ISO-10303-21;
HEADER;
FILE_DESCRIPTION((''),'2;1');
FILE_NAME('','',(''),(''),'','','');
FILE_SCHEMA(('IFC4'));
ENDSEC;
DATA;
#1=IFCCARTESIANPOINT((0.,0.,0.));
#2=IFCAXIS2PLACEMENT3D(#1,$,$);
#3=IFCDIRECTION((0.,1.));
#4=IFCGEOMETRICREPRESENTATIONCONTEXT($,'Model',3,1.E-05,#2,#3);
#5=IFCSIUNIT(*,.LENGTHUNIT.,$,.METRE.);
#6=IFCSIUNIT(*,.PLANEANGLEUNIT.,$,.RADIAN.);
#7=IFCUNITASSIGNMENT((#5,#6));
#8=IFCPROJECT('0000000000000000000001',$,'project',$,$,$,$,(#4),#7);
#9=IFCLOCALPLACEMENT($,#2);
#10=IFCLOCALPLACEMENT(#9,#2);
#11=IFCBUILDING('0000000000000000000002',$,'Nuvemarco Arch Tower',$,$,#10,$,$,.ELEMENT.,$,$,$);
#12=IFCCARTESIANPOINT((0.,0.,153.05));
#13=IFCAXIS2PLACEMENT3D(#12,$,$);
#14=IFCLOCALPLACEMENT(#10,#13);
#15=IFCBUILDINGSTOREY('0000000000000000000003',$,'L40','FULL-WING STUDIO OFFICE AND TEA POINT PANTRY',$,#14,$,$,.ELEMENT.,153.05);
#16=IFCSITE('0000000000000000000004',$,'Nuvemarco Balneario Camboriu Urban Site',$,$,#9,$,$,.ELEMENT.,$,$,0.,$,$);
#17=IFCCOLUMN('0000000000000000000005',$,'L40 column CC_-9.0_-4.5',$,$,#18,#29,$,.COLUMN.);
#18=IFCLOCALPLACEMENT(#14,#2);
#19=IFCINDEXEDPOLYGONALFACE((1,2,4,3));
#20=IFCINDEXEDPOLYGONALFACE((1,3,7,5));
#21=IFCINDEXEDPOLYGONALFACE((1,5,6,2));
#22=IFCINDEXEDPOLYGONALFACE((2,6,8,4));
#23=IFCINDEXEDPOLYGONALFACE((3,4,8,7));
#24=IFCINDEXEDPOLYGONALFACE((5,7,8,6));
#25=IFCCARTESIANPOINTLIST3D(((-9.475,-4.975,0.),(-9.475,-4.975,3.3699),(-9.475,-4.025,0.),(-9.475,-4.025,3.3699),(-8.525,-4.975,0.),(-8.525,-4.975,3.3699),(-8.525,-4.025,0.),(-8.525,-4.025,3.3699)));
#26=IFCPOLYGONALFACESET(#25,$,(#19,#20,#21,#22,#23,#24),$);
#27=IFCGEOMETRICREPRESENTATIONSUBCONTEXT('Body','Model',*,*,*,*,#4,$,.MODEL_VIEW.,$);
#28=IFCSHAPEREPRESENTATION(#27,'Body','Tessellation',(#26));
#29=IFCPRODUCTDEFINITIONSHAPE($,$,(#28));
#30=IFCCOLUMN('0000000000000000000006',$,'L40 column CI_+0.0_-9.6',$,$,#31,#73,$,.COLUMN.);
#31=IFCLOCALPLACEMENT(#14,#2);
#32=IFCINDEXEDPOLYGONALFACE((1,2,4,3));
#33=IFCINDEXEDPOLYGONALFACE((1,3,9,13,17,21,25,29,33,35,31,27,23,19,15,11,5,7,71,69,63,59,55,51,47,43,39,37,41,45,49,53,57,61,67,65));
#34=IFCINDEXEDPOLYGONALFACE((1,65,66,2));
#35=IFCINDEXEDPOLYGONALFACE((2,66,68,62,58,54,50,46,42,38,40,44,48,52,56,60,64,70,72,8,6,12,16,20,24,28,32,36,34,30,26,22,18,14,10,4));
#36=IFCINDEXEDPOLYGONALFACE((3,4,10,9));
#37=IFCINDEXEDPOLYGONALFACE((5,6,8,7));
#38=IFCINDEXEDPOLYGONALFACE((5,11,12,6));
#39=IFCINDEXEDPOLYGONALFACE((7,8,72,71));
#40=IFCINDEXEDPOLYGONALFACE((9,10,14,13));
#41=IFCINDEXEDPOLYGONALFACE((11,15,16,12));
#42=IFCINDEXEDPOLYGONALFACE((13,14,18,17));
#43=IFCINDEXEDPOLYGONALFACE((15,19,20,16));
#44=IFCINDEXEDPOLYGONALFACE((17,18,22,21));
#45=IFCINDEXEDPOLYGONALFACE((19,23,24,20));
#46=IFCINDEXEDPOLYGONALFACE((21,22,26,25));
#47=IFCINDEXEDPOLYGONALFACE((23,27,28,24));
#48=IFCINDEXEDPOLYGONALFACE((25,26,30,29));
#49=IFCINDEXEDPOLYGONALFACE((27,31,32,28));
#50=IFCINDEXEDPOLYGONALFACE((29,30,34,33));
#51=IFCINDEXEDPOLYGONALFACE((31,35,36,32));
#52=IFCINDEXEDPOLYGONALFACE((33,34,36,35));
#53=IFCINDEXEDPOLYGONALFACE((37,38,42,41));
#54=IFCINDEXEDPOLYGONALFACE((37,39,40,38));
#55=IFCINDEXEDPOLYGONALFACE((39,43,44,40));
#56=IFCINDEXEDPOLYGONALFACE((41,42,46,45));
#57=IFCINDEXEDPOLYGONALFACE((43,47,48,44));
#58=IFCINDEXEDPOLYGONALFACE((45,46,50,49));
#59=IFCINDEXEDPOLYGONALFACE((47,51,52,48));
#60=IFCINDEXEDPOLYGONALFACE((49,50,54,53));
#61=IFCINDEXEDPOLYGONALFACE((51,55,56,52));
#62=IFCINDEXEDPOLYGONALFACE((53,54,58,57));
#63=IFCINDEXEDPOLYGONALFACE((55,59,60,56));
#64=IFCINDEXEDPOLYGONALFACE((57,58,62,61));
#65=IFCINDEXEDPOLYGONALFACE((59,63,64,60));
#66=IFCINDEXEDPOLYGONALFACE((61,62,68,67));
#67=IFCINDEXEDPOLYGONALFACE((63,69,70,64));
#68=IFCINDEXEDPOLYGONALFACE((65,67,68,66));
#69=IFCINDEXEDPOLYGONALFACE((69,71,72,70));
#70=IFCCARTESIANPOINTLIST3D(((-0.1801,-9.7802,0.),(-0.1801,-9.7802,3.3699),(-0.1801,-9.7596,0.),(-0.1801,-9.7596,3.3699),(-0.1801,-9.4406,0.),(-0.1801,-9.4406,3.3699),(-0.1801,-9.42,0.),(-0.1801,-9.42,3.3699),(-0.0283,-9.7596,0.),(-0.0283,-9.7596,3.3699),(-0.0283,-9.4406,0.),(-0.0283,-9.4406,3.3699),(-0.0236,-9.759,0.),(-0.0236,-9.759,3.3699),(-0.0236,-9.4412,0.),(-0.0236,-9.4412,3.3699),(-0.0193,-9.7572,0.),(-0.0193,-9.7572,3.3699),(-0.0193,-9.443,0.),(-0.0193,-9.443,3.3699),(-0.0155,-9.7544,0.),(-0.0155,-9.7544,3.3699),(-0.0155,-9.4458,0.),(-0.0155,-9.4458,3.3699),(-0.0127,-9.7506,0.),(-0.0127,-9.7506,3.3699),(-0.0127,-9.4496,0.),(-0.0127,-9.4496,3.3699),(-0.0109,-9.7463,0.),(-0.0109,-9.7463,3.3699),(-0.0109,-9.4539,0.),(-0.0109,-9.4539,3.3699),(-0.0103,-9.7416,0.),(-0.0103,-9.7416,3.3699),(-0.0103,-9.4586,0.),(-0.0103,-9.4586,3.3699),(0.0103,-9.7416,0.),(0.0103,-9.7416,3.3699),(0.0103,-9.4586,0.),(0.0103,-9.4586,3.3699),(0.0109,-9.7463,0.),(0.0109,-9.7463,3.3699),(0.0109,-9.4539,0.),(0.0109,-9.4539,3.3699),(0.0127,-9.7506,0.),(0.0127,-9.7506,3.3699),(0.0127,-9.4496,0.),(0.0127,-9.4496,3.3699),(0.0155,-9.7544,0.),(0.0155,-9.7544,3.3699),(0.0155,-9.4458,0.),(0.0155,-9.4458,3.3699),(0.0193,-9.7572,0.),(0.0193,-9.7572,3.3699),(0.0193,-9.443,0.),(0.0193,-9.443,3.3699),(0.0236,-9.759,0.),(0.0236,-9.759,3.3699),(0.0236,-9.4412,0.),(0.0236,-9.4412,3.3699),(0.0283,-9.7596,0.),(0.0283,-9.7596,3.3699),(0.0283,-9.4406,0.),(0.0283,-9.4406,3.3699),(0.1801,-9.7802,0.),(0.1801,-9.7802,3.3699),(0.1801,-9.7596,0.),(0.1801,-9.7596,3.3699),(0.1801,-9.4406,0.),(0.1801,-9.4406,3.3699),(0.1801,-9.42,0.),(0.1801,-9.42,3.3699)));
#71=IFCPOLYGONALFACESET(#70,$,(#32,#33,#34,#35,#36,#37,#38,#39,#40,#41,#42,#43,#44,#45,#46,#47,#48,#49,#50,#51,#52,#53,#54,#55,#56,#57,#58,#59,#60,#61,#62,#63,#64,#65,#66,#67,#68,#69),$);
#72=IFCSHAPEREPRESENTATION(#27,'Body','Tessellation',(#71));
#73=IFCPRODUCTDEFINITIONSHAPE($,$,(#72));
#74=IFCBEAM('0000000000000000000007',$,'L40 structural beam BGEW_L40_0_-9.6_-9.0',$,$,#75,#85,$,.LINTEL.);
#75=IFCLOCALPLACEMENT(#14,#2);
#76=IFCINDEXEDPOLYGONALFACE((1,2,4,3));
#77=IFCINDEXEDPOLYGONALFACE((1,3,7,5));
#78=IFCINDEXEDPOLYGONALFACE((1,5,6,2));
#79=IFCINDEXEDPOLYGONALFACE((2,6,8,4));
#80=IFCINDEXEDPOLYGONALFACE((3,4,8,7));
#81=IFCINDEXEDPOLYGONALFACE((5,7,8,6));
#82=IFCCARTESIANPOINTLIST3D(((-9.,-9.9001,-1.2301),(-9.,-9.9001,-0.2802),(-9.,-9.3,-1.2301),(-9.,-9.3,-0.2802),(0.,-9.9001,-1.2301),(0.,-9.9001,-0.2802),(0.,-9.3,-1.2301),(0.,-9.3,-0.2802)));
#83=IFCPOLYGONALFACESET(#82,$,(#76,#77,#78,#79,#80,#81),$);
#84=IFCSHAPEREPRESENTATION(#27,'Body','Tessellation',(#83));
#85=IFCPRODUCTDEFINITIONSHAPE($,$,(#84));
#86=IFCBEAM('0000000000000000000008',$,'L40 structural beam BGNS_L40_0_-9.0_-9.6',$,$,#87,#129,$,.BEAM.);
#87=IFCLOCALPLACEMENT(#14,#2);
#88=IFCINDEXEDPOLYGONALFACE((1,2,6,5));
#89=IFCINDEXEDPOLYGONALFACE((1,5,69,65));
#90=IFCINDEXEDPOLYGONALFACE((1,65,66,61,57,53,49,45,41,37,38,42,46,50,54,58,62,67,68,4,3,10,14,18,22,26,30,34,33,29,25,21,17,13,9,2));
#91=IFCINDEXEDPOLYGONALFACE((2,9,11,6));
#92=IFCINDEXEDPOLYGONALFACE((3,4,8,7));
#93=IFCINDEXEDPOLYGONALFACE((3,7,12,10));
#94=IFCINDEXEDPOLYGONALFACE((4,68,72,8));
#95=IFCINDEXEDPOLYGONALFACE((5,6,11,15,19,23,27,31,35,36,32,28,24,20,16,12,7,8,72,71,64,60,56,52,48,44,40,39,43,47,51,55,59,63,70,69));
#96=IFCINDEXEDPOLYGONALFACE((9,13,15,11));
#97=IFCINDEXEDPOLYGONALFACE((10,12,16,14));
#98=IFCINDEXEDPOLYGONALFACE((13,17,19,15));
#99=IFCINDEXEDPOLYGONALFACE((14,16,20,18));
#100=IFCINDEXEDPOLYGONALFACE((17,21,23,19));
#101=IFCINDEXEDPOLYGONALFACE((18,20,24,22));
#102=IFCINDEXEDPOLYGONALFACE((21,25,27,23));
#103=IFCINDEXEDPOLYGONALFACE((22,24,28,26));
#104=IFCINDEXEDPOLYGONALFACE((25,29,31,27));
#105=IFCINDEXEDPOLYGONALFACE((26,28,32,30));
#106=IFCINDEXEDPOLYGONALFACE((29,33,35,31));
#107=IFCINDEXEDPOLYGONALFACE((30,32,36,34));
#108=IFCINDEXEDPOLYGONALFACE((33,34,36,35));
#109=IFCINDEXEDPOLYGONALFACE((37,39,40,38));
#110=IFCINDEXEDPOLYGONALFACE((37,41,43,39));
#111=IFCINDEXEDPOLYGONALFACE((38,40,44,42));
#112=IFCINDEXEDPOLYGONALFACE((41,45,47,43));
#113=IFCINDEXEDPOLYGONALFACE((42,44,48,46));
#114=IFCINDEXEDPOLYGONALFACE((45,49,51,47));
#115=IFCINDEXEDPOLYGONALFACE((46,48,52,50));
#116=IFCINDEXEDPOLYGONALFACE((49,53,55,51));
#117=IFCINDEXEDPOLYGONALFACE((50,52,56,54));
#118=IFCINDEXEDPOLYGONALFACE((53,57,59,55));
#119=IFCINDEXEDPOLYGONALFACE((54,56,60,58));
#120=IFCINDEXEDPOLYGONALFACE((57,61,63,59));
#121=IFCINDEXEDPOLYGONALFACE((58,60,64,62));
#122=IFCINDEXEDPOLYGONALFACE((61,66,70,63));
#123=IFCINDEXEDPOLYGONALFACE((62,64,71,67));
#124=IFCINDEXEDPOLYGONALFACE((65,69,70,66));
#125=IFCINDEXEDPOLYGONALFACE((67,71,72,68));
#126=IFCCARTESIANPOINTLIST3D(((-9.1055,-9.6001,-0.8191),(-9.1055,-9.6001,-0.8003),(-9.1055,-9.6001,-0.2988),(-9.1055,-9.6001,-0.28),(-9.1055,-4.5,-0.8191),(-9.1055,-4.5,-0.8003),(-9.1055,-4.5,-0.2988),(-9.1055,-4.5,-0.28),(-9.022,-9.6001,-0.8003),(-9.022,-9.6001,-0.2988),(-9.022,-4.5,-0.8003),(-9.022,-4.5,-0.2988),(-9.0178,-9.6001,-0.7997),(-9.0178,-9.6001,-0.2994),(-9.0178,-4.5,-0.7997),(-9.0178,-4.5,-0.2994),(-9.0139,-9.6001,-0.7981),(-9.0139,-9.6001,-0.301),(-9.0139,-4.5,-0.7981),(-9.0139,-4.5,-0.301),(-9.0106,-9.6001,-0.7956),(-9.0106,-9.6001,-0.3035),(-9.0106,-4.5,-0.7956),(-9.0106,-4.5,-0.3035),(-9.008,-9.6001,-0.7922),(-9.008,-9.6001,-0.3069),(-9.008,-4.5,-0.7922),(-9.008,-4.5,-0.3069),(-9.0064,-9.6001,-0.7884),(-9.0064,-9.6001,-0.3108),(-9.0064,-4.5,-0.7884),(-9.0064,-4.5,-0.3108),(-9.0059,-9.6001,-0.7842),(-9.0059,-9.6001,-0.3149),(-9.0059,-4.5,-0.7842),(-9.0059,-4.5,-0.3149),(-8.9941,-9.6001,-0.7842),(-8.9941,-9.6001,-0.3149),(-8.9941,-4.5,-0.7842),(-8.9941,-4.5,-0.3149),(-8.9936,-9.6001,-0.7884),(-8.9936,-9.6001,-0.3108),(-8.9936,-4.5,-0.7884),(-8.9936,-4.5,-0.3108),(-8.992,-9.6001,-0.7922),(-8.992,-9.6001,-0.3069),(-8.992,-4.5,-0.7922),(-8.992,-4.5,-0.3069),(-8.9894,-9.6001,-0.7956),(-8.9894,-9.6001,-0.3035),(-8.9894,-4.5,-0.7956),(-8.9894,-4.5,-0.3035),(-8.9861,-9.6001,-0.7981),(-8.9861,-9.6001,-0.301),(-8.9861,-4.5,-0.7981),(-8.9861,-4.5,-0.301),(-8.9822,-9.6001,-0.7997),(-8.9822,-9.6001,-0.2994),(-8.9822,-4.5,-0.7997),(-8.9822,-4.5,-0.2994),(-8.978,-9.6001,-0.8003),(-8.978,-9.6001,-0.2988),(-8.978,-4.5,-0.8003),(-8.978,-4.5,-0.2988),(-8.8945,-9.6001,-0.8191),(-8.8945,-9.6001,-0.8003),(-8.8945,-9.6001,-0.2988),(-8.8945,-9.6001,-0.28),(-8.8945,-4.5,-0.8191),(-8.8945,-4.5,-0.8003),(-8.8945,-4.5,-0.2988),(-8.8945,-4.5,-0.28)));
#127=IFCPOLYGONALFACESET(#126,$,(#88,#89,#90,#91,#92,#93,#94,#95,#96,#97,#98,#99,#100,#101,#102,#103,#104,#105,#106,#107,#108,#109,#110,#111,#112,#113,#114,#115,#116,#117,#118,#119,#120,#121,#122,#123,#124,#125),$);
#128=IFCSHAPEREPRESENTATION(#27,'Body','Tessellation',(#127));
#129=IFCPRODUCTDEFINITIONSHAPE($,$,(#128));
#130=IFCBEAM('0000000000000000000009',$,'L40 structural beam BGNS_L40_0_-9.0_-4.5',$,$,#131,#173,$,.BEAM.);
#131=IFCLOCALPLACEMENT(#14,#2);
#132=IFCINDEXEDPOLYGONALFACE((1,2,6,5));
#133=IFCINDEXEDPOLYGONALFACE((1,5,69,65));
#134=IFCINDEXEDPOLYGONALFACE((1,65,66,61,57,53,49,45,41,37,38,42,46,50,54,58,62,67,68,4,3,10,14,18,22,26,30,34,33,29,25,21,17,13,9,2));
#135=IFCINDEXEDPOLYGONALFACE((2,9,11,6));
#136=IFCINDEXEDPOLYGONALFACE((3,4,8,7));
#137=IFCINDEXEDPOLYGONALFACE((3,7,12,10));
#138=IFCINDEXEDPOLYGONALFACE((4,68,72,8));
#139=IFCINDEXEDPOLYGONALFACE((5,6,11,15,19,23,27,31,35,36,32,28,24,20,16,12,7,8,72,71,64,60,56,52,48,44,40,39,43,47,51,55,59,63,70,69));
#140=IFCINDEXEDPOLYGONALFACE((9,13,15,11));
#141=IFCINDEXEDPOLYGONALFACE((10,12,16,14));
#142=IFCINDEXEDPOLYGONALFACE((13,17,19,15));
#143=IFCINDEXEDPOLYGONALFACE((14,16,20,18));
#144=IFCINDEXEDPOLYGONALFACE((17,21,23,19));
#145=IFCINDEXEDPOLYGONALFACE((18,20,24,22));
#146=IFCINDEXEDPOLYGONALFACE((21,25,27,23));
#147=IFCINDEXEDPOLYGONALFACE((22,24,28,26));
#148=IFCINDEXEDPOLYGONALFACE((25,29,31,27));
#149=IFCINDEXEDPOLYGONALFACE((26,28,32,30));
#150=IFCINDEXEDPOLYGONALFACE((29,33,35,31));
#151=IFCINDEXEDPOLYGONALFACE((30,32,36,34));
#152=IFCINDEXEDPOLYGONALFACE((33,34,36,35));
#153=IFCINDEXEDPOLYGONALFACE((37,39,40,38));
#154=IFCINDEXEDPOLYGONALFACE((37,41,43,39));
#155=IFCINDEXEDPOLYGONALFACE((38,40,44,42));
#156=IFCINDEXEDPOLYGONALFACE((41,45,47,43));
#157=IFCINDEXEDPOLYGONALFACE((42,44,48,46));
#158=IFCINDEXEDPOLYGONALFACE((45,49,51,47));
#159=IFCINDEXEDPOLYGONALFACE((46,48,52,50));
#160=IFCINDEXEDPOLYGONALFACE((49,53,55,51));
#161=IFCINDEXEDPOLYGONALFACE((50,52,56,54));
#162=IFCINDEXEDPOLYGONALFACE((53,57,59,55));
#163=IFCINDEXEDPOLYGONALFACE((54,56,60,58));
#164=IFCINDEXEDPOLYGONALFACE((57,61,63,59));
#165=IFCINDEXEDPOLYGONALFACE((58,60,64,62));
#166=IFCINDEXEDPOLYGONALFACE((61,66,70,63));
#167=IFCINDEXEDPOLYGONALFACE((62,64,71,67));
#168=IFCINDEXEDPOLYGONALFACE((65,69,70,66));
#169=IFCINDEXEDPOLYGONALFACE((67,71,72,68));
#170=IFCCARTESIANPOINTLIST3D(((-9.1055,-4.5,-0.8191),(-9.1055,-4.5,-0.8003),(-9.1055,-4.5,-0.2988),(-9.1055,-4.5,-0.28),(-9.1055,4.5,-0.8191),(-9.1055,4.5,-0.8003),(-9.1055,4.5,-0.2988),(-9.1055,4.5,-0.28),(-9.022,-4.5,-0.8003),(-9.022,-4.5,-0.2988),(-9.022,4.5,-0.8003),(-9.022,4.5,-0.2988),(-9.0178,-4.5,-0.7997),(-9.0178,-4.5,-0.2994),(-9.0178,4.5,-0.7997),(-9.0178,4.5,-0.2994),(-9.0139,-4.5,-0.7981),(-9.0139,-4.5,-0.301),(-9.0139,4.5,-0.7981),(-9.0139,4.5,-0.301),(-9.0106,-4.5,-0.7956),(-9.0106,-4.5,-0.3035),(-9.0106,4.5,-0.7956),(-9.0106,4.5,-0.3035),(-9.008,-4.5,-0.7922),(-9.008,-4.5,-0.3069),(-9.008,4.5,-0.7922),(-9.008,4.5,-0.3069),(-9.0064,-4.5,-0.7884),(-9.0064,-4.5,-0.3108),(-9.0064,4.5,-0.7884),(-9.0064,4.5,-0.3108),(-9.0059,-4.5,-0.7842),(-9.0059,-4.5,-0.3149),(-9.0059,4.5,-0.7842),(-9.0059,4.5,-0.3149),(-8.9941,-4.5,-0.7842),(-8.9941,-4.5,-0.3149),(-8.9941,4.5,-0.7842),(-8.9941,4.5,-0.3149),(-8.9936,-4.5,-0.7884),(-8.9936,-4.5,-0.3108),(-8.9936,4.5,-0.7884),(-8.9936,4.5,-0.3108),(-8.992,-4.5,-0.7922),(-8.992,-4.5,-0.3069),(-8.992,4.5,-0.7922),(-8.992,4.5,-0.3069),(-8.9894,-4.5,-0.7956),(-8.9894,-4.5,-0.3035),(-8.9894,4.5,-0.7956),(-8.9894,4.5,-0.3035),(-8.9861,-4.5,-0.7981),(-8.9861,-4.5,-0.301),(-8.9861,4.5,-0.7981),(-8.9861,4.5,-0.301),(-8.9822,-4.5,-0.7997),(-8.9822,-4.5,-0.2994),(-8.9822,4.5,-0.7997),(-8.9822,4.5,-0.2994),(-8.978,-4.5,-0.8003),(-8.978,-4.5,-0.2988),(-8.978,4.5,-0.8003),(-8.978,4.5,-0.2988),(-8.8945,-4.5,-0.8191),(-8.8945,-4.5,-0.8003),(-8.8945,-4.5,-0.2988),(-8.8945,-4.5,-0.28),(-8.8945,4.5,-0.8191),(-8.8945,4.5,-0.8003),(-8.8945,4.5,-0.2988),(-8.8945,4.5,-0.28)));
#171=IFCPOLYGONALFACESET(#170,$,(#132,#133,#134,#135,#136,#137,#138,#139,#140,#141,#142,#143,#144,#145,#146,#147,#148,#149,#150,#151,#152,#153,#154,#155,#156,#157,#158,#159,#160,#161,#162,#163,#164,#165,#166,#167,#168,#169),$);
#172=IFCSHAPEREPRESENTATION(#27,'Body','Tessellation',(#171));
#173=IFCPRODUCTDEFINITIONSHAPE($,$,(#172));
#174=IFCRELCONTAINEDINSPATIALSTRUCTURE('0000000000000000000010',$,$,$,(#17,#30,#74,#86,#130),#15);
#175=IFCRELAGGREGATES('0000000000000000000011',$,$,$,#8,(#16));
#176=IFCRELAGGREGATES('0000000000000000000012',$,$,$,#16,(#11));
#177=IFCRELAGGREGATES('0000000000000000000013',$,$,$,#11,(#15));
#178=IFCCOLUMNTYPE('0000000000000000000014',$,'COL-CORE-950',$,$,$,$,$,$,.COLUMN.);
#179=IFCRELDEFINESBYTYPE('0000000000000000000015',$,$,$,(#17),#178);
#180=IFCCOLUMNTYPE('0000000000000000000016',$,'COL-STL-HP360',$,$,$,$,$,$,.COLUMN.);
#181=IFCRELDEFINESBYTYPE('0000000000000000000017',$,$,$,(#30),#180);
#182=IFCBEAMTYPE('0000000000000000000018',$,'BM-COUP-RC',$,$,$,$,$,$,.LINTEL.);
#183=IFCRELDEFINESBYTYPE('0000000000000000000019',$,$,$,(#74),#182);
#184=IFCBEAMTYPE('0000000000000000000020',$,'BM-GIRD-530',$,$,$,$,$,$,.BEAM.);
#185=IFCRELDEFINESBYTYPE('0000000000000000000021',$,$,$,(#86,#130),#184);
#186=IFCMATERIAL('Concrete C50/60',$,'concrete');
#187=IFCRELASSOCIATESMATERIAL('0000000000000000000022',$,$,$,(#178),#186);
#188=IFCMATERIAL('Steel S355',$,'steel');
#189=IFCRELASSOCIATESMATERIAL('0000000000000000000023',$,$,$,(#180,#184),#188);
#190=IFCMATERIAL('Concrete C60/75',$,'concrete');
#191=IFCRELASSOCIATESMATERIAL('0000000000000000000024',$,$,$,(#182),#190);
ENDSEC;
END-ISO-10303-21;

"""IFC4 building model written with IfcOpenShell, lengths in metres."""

from ifc_helpers import new_model, si_unit, direction, frame, origin, origin_2d, place, context, subcontext, project, spatial, rectangle, i_section, extrude, material, material_profile, profile_set, type_object, element, save


model = new_model("IFC4")

# Units and contexts
model_context = context("Model", 3, precision=1e-05, world=origin(), true_north=direction((0.0, 1.0)))
body_context = subcontext(model_context, "Body", "Model", "MODEL_VIEW")
ifc_project = project(units=[si_unit("LENGTHUNIT", "METRE"), si_unit("PLANEANGLEUNIT", "RADIAN")], contexts=[model_context])

# Site, building, storey
site_placement = place(None, origin())
site = spatial("IfcSite", under=ifc_project, at=site_placement, Name="Nuvemarco Balneario Camboriu Urban Site", CompositionType="ELEMENT", RefElevation=0.0)
building_placement = place(site_placement, origin())
building = spatial("IfcBuilding", under=site, at=building_placement, Name="Nuvemarco Arch Tower", CompositionType="ELEMENT")
storey_placement = place(building_placement, frame((0.0, 0.0, 153.05)))
storey = spatial("IfcBuildingStorey", under=building, at=storey_placement, Name="L40", Description="FULL-WING STUDIO OFFICE AND TEA POINT PANTRY", CompositionType="ELEMENT", Elevation=153.05)

# Columns
ifc_material_1 = material(Name="Concrete C50/60", Category="concrete")
ifc_material_profile_1 = material_profile(ifc_material_1, rectangle(XDim=0.95, YDim=0.95, at=origin_2d()), Name="RC-COL-950x950")
ifc_profile_set_1 = profile_set([ifc_material_profile_1], Name="Concrete C50/60")
column_type_1 = type_object("IfcColumnType", Name="COL-CORE-950", PredefinedType="COLUMN", material=ifc_profile_set_1)
column_1_placement = place(storey_placement, frame((-9.0, -4.5, 0.0), z_axis=(0.0, 0.0, 1.0), x_axis=(1.0, 0.0, 0.0)))
element("IfcColumn", 1, at=column_1_placement, inside=storey, type_object=column_type_1, Name="L40 column CC_-9.0_-4.5", PredefinedType="COLUMN", context=body_context, shape_type="SweptSolid", body=[
    extrude(rectangle(XDim=0.95, YDim=0.95, at=origin_2d()), origin(), (0.0, 0.0, 1.0), 3.3699),
])
ifc_material_2 = material(Name="Steel S355", Category="steel")
ifc_material_profile_2 = material_profile(ifc_material_2, i_section(OverallWidth=0.3601, OverallDepth=0.3601, WebThickness=0.0205, FlangeThickness=0.0205, FilletRadius=0.0181, at=origin_2d()), Name="HP360x174")
ifc_profile_set_2 = profile_set([ifc_material_profile_2], Name="Steel S355")
column_type_2 = type_object("IfcColumnType", Name="COL-STL-HP360", PredefinedType="COLUMN", material=ifc_profile_set_2)
column_2_placement = place(storey_placement, frame((0.0, -9.6001, 0.0), z_axis=(0.0, 0.0, 1.0), x_axis=(1.0, 0.0, 0.0)))
element("IfcColumn", 2, at=column_2_placement, inside=storey, type_object=column_type_2, Name="L40 column CI_+0.0_-9.6", PredefinedType="COLUMN", context=body_context, shape_type="SweptSolid", body=[
    extrude(i_section(OverallWidth=0.3601, OverallDepth=0.3601, WebThickness=0.0205, FlangeThickness=0.0205, FilletRadius=0.0181, at=origin_2d()), origin(), (0.0, 0.0, 1.0), 3.3699),
])

# Beams
ifc_material_3 = material(Name="Concrete C60/75", Category="concrete")
ifc_material_profile_3 = material_profile(ifc_material_3, rectangle(XDim=0.6001, YDim=0.95, at=origin_2d()), Name="RC-BM-600x950")
ifc_profile_set_3 = profile_set([ifc_material_profile_3], Name="Concrete C60/75")
beam_type_1 = type_object("IfcBeamType", Name="BM-COUP-RC", PredefinedType="LINTEL", material=ifc_profile_set_3)
beam_1_placement = place(storey_placement, frame((-9.0, -9.6001, -0.7551), z_axis=(1.0, 0.0, 0.0), x_axis=(0.0, 1.0, 0.0)))
element("IfcBeam", 3, at=beam_1_placement, inside=storey, type_object=beam_type_1, Name="L40 structural beam BGEW_L40_0_-9.6_-9.0", PredefinedType="LINTEL", context=body_context, shape_type="SweptSolid", body=[
    extrude(rectangle(XDim=0.6001, YDim=0.95, at=origin_2d()), origin(), (0.0, 0.0, 1.0), 9.0),
])
ifc_material_profile_4 = material_profile(ifc_material_2, i_section(OverallWidth=0.2109, OverallDepth=0.5391, WebThickness=0.0117, FlangeThickness=0.0188, FilletRadius=0.0161, at=origin_2d()), Name="W530x109")
ifc_profile_set_4 = profile_set([ifc_material_profile_4], Name="Steel S355")
beam_type_2 = type_object("IfcBeamType", Name="BM-GIRD-530", PredefinedType="BEAM", material=ifc_profile_set_4)
beam_2_placement = place(storey_placement, frame((-9.0, -9.6001, -0.5496), z_axis=(0.0, 1.0, 0.0), x_axis=(-1.0, 0.0, 0.0)))
element("IfcBeam", 4, at=beam_2_placement, inside=storey, type_object=beam_type_2, Name="L40 structural beam BGNS_L40_0_-9.0_-9.6", PredefinedType="BEAM", context=body_context, shape_type="SweptSolid", body=[
    extrude(i_section(OverallWidth=0.2109, OverallDepth=0.5391, WebThickness=0.0117, FlangeThickness=0.0188, FilletRadius=0.0161, at=origin_2d()), origin(), (0.0, 0.0, 1.0), 5.1001),
])
beam_3_placement = place(storey_placement, frame((-9.0, -4.5, -0.5496), z_axis=(0.0, 1.0, 0.0), x_axis=(-1.0, 0.0, 0.0)))
element("IfcBeam", 5, at=beam_3_placement, inside=storey, type_object=beam_type_2, Name="L40 structural beam BGNS_L40_0_-9.0_-4.5", PredefinedType="BEAM", context=body_context, shape_type="SweptSolid", body=[
    extrude(i_section(OverallWidth=0.2109, OverallDepth=0.5391, WebThickness=0.0117, FlangeThickness=0.0188, FilletRadius=0.0161, at=origin_2d()), origin(), (0.0, 0.0, 1.0), 9.0),
])

save(model, "model.ifc")
